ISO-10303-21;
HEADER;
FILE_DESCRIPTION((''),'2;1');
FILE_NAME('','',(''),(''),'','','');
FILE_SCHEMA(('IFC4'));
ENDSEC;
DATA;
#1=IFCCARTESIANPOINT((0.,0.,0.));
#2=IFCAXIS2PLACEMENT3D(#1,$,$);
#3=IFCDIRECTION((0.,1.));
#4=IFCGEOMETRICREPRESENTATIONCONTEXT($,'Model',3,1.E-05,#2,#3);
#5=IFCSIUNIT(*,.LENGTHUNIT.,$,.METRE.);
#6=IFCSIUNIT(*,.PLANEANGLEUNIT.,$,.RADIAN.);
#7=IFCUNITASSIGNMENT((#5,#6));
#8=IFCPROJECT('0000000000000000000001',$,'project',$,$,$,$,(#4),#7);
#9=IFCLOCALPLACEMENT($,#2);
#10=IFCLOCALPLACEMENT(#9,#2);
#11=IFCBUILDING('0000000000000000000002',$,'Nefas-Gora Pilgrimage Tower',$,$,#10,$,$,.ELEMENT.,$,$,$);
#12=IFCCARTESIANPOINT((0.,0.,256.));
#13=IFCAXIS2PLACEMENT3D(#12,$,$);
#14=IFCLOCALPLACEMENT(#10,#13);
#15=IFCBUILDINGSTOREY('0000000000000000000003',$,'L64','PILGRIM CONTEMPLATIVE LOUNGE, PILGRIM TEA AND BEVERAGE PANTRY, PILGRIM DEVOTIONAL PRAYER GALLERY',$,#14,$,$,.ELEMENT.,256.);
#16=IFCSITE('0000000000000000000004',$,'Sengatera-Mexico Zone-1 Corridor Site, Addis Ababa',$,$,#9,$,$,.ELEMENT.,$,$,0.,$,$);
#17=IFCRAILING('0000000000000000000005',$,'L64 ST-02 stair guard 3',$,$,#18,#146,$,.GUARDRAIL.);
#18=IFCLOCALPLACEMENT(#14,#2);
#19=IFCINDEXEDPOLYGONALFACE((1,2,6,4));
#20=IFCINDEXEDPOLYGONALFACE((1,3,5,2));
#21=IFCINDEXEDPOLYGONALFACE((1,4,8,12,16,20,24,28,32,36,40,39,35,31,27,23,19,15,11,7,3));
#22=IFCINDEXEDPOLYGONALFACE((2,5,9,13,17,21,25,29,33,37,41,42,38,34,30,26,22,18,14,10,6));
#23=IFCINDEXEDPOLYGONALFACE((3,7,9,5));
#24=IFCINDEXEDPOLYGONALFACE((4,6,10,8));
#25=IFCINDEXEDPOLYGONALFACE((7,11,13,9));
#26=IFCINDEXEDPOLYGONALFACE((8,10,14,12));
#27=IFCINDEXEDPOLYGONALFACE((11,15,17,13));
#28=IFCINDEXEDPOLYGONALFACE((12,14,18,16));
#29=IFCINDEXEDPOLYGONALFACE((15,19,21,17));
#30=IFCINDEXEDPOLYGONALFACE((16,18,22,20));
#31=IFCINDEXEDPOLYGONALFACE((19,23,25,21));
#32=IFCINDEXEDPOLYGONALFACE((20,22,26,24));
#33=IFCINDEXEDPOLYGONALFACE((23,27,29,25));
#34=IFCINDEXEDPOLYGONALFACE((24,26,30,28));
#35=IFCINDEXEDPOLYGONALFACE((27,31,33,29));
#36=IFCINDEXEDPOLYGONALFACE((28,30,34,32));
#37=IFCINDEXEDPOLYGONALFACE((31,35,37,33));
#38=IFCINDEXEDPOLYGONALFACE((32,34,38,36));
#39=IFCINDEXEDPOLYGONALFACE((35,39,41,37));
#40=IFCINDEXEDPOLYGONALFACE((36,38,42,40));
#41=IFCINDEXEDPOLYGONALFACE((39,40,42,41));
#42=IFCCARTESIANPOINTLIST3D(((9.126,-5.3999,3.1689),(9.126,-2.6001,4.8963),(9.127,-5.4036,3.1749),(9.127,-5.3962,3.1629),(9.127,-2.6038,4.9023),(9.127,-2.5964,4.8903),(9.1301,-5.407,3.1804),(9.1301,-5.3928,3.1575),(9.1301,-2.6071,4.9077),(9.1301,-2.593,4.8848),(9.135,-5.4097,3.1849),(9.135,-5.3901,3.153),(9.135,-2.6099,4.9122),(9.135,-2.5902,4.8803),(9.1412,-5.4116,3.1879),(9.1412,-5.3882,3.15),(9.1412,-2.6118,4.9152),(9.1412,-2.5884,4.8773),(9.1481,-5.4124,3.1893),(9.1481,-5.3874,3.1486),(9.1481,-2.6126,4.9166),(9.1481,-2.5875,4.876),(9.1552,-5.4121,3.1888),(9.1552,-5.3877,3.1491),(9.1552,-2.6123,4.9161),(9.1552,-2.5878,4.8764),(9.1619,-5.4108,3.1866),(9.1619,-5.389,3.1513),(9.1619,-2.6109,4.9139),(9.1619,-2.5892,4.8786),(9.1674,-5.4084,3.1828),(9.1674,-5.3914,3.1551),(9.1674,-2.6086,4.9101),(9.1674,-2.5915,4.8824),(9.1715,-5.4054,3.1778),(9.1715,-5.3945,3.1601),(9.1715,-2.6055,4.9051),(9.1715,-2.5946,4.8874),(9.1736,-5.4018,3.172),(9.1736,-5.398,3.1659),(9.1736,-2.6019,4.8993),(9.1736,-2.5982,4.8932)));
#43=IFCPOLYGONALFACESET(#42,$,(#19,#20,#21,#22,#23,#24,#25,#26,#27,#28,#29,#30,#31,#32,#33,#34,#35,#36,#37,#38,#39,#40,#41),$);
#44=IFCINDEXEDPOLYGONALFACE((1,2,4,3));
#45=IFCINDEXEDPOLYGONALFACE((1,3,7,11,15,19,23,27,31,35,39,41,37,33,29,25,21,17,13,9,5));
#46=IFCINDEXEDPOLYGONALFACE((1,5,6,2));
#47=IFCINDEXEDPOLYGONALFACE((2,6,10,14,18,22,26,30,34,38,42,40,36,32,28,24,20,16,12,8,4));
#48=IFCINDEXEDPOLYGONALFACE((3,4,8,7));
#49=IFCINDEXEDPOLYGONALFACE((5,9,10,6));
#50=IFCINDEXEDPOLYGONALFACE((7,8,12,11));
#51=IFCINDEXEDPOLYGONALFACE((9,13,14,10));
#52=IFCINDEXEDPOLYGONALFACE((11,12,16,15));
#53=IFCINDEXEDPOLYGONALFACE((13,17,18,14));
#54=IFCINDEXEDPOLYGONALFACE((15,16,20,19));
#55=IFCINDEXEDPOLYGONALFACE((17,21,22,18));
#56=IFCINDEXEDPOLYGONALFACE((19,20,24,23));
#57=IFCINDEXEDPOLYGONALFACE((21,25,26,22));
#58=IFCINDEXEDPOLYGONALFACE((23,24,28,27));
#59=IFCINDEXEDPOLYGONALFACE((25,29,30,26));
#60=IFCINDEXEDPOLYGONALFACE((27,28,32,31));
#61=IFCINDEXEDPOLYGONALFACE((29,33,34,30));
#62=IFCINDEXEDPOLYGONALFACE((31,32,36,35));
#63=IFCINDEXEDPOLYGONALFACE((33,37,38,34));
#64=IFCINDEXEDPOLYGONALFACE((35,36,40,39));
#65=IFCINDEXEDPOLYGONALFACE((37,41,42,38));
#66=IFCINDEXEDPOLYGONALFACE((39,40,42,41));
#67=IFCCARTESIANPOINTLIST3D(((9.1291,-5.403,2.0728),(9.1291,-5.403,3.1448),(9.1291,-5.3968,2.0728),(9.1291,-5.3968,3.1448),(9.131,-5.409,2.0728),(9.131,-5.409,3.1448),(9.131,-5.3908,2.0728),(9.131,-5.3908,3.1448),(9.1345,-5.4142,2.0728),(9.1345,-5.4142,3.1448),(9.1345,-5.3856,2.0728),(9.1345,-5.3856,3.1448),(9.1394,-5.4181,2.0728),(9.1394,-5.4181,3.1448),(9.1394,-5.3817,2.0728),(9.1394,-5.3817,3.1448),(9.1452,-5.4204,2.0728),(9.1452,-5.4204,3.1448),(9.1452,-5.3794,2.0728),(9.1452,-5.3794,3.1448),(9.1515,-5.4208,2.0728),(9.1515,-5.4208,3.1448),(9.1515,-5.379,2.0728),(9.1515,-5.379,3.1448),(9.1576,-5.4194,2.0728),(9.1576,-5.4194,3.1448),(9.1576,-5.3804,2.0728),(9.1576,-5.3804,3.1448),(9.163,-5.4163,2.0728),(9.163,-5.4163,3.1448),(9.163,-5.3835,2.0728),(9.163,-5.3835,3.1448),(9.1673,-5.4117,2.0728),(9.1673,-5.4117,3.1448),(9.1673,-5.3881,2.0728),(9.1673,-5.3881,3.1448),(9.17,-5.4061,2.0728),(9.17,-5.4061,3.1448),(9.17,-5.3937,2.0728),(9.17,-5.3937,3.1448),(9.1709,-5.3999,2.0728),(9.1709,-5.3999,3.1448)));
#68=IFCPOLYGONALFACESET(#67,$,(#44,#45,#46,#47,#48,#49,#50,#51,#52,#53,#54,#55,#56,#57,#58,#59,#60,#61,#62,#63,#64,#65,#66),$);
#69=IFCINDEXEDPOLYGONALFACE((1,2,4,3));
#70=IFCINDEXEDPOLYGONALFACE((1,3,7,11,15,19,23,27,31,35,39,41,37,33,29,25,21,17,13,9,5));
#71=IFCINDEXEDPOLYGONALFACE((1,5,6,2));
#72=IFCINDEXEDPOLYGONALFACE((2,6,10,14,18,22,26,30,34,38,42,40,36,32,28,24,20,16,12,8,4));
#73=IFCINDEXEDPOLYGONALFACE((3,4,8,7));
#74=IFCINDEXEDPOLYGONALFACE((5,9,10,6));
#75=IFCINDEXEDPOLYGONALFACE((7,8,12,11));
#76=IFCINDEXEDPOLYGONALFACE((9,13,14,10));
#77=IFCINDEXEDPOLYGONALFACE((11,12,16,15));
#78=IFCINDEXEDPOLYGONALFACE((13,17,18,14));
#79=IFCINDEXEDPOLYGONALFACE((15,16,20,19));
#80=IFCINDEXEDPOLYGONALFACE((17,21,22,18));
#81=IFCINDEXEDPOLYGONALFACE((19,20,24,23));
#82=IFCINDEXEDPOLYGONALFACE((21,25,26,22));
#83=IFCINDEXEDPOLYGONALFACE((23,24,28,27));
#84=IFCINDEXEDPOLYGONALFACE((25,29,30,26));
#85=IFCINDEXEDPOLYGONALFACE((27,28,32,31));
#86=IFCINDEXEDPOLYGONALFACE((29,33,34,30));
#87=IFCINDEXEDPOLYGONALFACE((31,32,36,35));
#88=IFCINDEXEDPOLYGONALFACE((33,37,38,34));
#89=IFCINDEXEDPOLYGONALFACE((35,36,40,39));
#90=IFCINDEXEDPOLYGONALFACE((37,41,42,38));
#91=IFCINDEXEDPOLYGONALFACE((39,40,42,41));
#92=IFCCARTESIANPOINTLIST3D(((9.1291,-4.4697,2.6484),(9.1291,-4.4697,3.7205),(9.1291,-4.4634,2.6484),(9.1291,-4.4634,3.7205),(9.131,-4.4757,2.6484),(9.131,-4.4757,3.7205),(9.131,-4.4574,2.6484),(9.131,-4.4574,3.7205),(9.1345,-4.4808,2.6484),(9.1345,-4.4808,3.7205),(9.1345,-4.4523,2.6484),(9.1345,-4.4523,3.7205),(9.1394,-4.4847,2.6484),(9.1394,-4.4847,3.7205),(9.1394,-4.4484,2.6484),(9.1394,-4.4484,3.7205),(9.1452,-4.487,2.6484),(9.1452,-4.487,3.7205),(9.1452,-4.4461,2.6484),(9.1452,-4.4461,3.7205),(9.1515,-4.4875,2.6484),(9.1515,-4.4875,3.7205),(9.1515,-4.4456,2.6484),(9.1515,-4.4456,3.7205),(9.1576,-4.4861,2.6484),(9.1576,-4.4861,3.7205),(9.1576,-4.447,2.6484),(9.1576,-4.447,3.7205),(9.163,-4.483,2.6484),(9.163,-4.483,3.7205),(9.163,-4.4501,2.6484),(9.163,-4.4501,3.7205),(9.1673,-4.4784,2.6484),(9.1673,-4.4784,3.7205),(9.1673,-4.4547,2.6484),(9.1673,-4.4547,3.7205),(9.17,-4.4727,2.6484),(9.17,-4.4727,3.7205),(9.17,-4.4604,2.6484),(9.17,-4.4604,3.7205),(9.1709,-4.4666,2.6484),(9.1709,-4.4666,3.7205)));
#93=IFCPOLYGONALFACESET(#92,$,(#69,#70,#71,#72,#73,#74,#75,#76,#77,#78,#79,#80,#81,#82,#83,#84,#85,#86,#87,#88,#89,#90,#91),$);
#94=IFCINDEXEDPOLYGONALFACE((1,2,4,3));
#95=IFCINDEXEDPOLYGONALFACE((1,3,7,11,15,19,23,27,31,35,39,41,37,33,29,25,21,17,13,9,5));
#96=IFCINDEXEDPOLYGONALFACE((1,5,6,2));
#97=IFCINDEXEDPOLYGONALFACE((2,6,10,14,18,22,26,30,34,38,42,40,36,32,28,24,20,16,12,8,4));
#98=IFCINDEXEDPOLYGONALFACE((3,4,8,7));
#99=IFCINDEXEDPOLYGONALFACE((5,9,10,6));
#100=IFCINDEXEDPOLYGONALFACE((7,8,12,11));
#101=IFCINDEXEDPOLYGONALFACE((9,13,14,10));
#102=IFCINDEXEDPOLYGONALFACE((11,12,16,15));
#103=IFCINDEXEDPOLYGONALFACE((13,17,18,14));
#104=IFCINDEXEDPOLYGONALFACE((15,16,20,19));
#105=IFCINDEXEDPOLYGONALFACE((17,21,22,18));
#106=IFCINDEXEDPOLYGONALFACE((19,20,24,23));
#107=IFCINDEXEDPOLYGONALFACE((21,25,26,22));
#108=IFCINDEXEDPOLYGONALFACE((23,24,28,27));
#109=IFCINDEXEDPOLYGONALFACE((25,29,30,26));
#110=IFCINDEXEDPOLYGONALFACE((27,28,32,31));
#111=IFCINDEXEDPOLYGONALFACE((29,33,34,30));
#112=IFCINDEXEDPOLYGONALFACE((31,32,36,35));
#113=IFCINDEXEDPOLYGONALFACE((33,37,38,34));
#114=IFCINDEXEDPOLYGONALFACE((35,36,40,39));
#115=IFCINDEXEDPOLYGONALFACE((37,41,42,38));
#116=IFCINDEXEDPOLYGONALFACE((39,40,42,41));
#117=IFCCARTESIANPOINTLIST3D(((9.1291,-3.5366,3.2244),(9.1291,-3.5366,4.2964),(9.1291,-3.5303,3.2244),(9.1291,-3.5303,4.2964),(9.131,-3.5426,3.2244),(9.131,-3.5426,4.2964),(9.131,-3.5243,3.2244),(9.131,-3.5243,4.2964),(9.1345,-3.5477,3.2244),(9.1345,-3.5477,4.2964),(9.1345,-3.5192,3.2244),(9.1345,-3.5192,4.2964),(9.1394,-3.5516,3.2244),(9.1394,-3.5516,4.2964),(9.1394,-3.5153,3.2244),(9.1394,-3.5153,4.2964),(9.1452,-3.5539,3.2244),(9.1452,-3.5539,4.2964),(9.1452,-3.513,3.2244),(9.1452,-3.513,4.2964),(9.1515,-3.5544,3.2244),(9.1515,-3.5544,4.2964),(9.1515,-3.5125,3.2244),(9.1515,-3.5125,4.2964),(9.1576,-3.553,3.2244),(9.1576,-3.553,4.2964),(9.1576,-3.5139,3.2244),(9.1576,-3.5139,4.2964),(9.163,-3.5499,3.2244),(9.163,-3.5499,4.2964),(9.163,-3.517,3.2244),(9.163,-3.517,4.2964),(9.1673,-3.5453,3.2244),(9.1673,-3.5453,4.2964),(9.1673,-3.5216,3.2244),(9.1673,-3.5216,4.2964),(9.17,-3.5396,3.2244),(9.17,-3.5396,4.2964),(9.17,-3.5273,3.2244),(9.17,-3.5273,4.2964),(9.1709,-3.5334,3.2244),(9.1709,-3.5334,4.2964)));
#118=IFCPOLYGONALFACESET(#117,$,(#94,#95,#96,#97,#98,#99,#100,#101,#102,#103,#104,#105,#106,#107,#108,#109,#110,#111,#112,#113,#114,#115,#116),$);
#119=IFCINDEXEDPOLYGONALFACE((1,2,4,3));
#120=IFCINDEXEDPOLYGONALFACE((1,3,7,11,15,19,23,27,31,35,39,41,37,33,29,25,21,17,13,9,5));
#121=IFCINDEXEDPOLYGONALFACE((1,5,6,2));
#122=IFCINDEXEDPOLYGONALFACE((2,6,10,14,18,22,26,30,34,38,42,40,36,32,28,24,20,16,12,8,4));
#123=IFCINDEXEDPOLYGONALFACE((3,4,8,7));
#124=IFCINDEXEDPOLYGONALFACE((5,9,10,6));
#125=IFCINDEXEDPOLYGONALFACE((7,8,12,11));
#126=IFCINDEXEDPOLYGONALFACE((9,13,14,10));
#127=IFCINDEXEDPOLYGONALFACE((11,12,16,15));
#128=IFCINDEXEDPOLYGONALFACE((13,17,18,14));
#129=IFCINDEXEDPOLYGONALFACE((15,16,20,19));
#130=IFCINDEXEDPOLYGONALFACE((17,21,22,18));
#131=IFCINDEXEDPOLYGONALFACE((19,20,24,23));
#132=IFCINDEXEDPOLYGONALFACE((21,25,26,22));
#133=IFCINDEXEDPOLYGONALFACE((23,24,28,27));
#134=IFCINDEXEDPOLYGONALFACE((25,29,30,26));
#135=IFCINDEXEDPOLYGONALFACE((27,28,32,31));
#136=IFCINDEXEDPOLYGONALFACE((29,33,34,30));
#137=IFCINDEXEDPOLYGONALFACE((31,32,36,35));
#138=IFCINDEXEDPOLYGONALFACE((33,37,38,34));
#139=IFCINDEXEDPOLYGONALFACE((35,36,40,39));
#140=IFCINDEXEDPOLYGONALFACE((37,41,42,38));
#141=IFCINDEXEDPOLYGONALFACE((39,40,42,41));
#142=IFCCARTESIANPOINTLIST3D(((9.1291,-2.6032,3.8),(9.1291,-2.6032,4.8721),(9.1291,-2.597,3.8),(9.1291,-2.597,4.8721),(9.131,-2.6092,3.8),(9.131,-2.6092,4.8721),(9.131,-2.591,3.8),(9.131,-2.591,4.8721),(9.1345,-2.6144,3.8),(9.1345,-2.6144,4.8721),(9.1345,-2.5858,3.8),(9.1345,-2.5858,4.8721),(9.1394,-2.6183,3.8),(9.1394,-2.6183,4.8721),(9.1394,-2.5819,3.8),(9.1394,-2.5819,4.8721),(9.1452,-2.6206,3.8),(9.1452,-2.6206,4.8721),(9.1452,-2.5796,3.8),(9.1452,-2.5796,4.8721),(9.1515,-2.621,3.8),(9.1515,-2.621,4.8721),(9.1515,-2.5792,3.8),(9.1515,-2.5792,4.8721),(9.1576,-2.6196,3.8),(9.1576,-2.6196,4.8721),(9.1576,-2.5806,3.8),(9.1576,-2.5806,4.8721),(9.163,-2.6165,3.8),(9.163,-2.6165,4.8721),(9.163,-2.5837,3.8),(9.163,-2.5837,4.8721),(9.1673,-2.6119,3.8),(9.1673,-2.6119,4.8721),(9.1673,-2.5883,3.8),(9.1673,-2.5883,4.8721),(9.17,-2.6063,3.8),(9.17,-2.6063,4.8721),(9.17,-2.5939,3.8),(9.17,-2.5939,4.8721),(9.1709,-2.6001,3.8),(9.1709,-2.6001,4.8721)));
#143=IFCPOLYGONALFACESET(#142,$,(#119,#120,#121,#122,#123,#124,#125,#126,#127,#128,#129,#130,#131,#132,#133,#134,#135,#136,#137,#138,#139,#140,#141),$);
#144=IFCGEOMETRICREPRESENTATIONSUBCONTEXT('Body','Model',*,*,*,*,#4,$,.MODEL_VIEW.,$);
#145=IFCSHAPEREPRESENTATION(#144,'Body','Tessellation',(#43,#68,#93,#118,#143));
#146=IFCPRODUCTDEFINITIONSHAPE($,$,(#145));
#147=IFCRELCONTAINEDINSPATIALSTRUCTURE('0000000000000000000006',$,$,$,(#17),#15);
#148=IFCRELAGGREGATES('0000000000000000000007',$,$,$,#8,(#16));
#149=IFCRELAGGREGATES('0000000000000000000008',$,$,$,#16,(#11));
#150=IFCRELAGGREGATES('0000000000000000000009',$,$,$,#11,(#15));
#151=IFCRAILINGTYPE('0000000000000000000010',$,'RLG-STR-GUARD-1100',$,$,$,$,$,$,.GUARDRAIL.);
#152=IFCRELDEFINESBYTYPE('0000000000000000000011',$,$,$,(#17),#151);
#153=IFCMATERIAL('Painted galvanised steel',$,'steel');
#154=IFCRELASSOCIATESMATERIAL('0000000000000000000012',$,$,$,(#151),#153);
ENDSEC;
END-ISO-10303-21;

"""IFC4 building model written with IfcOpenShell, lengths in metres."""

from ifc_helpers import new_model, si_unit, direction, frame, origin, origin_2d, place, context, subcontext, project, spatial, circle, extrude, material, type_object, element, save


model = new_model("IFC4")

# Units and contexts
model_context = context("Model", 3, precision=1e-05, world=origin(), true_north=direction((0.0, 1.0)))
body_context = subcontext(model_context, "Body", "Model", "MODEL_VIEW")
ifc_project = project(units=[si_unit("LENGTHUNIT", "METRE"), si_unit("PLANEANGLEUNIT", "RADIAN")], contexts=[model_context])

# Site, building, storey
site_placement = place(None, origin())
site = spatial("IfcSite", under=ifc_project, at=site_placement, Name="Sengatera-Mexico Zone-1 Corridor Site, Addis Ababa", CompositionType="ELEMENT", RefElevation=0.0)
building_placement = place(site_placement, origin())
building = spatial("IfcBuilding", under=site, at=building_placement, Name="Nefas-Gora Pilgrimage Tower", CompositionType="ELEMENT")
storey_placement = place(building_placement, frame((0.0, 0.0, 256.0)))
storey = spatial("IfcBuildingStorey", under=building, at=storey_placement, Name="L64", Description="PILGRIM CONTEMPLATIVE LOUNGE, PILGRIM TEA AND BEVERAGE PANTRY, PILGRIM DEVOTIONAL PRAYER GALLERY", CompositionType="ELEMENT", Elevation=256.0)

# Railing
ifc_material_1 = material(Name="Painted galvanised steel", Category="steel")
railing_type_1 = type_object("IfcRailingType", Name="RLG-STR-GUARD-1100", PredefinedType="GUARDRAIL", material=ifc_material_1)
railing_1_placement = place(storey_placement, frame((9.1499, -5.3999, 2.0728)))
element("IfcRailing", 1, at=railing_1_placement, inside=storey, type_object=railing_type_1, Name="L64 ST-02 stair guard 3", PredefinedType="GUARDRAIL", context=body_context, shape_type="SweptSolid", body=[
    extrude(circle(Radius=0.0239, at=origin_2d()), frame((0.0, 0.0, 1.0962), z_axis=(0.0, 0.851069, 0.525054), x_axis=(-1.0, 0.0, 0.0)), (0.0, 0.0, 1.0), 3.2898),
    extrude(circle(Radius=0.021, at=origin_2d()), origin(), (0.0, 0.0, 1.0), 1.072),
    extrude(circle(Radius=0.021, at=origin_2d()), frame((0.0, 0.9333, 0.5757)), (0.0, 0.0, 1.0), 1.072),
    extrude(circle(Radius=0.021, at=origin_2d()), frame((0.0, 1.8665, 1.1516)), (0.0, 0.0, 1.0), 1.072),
    extrude(circle(Radius=0.021, at=origin_2d()), frame((0.0, 2.7998, 1.7273)), (0.0, 0.0, 1.0), 1.072),
])

save(model, "model.ifc")
